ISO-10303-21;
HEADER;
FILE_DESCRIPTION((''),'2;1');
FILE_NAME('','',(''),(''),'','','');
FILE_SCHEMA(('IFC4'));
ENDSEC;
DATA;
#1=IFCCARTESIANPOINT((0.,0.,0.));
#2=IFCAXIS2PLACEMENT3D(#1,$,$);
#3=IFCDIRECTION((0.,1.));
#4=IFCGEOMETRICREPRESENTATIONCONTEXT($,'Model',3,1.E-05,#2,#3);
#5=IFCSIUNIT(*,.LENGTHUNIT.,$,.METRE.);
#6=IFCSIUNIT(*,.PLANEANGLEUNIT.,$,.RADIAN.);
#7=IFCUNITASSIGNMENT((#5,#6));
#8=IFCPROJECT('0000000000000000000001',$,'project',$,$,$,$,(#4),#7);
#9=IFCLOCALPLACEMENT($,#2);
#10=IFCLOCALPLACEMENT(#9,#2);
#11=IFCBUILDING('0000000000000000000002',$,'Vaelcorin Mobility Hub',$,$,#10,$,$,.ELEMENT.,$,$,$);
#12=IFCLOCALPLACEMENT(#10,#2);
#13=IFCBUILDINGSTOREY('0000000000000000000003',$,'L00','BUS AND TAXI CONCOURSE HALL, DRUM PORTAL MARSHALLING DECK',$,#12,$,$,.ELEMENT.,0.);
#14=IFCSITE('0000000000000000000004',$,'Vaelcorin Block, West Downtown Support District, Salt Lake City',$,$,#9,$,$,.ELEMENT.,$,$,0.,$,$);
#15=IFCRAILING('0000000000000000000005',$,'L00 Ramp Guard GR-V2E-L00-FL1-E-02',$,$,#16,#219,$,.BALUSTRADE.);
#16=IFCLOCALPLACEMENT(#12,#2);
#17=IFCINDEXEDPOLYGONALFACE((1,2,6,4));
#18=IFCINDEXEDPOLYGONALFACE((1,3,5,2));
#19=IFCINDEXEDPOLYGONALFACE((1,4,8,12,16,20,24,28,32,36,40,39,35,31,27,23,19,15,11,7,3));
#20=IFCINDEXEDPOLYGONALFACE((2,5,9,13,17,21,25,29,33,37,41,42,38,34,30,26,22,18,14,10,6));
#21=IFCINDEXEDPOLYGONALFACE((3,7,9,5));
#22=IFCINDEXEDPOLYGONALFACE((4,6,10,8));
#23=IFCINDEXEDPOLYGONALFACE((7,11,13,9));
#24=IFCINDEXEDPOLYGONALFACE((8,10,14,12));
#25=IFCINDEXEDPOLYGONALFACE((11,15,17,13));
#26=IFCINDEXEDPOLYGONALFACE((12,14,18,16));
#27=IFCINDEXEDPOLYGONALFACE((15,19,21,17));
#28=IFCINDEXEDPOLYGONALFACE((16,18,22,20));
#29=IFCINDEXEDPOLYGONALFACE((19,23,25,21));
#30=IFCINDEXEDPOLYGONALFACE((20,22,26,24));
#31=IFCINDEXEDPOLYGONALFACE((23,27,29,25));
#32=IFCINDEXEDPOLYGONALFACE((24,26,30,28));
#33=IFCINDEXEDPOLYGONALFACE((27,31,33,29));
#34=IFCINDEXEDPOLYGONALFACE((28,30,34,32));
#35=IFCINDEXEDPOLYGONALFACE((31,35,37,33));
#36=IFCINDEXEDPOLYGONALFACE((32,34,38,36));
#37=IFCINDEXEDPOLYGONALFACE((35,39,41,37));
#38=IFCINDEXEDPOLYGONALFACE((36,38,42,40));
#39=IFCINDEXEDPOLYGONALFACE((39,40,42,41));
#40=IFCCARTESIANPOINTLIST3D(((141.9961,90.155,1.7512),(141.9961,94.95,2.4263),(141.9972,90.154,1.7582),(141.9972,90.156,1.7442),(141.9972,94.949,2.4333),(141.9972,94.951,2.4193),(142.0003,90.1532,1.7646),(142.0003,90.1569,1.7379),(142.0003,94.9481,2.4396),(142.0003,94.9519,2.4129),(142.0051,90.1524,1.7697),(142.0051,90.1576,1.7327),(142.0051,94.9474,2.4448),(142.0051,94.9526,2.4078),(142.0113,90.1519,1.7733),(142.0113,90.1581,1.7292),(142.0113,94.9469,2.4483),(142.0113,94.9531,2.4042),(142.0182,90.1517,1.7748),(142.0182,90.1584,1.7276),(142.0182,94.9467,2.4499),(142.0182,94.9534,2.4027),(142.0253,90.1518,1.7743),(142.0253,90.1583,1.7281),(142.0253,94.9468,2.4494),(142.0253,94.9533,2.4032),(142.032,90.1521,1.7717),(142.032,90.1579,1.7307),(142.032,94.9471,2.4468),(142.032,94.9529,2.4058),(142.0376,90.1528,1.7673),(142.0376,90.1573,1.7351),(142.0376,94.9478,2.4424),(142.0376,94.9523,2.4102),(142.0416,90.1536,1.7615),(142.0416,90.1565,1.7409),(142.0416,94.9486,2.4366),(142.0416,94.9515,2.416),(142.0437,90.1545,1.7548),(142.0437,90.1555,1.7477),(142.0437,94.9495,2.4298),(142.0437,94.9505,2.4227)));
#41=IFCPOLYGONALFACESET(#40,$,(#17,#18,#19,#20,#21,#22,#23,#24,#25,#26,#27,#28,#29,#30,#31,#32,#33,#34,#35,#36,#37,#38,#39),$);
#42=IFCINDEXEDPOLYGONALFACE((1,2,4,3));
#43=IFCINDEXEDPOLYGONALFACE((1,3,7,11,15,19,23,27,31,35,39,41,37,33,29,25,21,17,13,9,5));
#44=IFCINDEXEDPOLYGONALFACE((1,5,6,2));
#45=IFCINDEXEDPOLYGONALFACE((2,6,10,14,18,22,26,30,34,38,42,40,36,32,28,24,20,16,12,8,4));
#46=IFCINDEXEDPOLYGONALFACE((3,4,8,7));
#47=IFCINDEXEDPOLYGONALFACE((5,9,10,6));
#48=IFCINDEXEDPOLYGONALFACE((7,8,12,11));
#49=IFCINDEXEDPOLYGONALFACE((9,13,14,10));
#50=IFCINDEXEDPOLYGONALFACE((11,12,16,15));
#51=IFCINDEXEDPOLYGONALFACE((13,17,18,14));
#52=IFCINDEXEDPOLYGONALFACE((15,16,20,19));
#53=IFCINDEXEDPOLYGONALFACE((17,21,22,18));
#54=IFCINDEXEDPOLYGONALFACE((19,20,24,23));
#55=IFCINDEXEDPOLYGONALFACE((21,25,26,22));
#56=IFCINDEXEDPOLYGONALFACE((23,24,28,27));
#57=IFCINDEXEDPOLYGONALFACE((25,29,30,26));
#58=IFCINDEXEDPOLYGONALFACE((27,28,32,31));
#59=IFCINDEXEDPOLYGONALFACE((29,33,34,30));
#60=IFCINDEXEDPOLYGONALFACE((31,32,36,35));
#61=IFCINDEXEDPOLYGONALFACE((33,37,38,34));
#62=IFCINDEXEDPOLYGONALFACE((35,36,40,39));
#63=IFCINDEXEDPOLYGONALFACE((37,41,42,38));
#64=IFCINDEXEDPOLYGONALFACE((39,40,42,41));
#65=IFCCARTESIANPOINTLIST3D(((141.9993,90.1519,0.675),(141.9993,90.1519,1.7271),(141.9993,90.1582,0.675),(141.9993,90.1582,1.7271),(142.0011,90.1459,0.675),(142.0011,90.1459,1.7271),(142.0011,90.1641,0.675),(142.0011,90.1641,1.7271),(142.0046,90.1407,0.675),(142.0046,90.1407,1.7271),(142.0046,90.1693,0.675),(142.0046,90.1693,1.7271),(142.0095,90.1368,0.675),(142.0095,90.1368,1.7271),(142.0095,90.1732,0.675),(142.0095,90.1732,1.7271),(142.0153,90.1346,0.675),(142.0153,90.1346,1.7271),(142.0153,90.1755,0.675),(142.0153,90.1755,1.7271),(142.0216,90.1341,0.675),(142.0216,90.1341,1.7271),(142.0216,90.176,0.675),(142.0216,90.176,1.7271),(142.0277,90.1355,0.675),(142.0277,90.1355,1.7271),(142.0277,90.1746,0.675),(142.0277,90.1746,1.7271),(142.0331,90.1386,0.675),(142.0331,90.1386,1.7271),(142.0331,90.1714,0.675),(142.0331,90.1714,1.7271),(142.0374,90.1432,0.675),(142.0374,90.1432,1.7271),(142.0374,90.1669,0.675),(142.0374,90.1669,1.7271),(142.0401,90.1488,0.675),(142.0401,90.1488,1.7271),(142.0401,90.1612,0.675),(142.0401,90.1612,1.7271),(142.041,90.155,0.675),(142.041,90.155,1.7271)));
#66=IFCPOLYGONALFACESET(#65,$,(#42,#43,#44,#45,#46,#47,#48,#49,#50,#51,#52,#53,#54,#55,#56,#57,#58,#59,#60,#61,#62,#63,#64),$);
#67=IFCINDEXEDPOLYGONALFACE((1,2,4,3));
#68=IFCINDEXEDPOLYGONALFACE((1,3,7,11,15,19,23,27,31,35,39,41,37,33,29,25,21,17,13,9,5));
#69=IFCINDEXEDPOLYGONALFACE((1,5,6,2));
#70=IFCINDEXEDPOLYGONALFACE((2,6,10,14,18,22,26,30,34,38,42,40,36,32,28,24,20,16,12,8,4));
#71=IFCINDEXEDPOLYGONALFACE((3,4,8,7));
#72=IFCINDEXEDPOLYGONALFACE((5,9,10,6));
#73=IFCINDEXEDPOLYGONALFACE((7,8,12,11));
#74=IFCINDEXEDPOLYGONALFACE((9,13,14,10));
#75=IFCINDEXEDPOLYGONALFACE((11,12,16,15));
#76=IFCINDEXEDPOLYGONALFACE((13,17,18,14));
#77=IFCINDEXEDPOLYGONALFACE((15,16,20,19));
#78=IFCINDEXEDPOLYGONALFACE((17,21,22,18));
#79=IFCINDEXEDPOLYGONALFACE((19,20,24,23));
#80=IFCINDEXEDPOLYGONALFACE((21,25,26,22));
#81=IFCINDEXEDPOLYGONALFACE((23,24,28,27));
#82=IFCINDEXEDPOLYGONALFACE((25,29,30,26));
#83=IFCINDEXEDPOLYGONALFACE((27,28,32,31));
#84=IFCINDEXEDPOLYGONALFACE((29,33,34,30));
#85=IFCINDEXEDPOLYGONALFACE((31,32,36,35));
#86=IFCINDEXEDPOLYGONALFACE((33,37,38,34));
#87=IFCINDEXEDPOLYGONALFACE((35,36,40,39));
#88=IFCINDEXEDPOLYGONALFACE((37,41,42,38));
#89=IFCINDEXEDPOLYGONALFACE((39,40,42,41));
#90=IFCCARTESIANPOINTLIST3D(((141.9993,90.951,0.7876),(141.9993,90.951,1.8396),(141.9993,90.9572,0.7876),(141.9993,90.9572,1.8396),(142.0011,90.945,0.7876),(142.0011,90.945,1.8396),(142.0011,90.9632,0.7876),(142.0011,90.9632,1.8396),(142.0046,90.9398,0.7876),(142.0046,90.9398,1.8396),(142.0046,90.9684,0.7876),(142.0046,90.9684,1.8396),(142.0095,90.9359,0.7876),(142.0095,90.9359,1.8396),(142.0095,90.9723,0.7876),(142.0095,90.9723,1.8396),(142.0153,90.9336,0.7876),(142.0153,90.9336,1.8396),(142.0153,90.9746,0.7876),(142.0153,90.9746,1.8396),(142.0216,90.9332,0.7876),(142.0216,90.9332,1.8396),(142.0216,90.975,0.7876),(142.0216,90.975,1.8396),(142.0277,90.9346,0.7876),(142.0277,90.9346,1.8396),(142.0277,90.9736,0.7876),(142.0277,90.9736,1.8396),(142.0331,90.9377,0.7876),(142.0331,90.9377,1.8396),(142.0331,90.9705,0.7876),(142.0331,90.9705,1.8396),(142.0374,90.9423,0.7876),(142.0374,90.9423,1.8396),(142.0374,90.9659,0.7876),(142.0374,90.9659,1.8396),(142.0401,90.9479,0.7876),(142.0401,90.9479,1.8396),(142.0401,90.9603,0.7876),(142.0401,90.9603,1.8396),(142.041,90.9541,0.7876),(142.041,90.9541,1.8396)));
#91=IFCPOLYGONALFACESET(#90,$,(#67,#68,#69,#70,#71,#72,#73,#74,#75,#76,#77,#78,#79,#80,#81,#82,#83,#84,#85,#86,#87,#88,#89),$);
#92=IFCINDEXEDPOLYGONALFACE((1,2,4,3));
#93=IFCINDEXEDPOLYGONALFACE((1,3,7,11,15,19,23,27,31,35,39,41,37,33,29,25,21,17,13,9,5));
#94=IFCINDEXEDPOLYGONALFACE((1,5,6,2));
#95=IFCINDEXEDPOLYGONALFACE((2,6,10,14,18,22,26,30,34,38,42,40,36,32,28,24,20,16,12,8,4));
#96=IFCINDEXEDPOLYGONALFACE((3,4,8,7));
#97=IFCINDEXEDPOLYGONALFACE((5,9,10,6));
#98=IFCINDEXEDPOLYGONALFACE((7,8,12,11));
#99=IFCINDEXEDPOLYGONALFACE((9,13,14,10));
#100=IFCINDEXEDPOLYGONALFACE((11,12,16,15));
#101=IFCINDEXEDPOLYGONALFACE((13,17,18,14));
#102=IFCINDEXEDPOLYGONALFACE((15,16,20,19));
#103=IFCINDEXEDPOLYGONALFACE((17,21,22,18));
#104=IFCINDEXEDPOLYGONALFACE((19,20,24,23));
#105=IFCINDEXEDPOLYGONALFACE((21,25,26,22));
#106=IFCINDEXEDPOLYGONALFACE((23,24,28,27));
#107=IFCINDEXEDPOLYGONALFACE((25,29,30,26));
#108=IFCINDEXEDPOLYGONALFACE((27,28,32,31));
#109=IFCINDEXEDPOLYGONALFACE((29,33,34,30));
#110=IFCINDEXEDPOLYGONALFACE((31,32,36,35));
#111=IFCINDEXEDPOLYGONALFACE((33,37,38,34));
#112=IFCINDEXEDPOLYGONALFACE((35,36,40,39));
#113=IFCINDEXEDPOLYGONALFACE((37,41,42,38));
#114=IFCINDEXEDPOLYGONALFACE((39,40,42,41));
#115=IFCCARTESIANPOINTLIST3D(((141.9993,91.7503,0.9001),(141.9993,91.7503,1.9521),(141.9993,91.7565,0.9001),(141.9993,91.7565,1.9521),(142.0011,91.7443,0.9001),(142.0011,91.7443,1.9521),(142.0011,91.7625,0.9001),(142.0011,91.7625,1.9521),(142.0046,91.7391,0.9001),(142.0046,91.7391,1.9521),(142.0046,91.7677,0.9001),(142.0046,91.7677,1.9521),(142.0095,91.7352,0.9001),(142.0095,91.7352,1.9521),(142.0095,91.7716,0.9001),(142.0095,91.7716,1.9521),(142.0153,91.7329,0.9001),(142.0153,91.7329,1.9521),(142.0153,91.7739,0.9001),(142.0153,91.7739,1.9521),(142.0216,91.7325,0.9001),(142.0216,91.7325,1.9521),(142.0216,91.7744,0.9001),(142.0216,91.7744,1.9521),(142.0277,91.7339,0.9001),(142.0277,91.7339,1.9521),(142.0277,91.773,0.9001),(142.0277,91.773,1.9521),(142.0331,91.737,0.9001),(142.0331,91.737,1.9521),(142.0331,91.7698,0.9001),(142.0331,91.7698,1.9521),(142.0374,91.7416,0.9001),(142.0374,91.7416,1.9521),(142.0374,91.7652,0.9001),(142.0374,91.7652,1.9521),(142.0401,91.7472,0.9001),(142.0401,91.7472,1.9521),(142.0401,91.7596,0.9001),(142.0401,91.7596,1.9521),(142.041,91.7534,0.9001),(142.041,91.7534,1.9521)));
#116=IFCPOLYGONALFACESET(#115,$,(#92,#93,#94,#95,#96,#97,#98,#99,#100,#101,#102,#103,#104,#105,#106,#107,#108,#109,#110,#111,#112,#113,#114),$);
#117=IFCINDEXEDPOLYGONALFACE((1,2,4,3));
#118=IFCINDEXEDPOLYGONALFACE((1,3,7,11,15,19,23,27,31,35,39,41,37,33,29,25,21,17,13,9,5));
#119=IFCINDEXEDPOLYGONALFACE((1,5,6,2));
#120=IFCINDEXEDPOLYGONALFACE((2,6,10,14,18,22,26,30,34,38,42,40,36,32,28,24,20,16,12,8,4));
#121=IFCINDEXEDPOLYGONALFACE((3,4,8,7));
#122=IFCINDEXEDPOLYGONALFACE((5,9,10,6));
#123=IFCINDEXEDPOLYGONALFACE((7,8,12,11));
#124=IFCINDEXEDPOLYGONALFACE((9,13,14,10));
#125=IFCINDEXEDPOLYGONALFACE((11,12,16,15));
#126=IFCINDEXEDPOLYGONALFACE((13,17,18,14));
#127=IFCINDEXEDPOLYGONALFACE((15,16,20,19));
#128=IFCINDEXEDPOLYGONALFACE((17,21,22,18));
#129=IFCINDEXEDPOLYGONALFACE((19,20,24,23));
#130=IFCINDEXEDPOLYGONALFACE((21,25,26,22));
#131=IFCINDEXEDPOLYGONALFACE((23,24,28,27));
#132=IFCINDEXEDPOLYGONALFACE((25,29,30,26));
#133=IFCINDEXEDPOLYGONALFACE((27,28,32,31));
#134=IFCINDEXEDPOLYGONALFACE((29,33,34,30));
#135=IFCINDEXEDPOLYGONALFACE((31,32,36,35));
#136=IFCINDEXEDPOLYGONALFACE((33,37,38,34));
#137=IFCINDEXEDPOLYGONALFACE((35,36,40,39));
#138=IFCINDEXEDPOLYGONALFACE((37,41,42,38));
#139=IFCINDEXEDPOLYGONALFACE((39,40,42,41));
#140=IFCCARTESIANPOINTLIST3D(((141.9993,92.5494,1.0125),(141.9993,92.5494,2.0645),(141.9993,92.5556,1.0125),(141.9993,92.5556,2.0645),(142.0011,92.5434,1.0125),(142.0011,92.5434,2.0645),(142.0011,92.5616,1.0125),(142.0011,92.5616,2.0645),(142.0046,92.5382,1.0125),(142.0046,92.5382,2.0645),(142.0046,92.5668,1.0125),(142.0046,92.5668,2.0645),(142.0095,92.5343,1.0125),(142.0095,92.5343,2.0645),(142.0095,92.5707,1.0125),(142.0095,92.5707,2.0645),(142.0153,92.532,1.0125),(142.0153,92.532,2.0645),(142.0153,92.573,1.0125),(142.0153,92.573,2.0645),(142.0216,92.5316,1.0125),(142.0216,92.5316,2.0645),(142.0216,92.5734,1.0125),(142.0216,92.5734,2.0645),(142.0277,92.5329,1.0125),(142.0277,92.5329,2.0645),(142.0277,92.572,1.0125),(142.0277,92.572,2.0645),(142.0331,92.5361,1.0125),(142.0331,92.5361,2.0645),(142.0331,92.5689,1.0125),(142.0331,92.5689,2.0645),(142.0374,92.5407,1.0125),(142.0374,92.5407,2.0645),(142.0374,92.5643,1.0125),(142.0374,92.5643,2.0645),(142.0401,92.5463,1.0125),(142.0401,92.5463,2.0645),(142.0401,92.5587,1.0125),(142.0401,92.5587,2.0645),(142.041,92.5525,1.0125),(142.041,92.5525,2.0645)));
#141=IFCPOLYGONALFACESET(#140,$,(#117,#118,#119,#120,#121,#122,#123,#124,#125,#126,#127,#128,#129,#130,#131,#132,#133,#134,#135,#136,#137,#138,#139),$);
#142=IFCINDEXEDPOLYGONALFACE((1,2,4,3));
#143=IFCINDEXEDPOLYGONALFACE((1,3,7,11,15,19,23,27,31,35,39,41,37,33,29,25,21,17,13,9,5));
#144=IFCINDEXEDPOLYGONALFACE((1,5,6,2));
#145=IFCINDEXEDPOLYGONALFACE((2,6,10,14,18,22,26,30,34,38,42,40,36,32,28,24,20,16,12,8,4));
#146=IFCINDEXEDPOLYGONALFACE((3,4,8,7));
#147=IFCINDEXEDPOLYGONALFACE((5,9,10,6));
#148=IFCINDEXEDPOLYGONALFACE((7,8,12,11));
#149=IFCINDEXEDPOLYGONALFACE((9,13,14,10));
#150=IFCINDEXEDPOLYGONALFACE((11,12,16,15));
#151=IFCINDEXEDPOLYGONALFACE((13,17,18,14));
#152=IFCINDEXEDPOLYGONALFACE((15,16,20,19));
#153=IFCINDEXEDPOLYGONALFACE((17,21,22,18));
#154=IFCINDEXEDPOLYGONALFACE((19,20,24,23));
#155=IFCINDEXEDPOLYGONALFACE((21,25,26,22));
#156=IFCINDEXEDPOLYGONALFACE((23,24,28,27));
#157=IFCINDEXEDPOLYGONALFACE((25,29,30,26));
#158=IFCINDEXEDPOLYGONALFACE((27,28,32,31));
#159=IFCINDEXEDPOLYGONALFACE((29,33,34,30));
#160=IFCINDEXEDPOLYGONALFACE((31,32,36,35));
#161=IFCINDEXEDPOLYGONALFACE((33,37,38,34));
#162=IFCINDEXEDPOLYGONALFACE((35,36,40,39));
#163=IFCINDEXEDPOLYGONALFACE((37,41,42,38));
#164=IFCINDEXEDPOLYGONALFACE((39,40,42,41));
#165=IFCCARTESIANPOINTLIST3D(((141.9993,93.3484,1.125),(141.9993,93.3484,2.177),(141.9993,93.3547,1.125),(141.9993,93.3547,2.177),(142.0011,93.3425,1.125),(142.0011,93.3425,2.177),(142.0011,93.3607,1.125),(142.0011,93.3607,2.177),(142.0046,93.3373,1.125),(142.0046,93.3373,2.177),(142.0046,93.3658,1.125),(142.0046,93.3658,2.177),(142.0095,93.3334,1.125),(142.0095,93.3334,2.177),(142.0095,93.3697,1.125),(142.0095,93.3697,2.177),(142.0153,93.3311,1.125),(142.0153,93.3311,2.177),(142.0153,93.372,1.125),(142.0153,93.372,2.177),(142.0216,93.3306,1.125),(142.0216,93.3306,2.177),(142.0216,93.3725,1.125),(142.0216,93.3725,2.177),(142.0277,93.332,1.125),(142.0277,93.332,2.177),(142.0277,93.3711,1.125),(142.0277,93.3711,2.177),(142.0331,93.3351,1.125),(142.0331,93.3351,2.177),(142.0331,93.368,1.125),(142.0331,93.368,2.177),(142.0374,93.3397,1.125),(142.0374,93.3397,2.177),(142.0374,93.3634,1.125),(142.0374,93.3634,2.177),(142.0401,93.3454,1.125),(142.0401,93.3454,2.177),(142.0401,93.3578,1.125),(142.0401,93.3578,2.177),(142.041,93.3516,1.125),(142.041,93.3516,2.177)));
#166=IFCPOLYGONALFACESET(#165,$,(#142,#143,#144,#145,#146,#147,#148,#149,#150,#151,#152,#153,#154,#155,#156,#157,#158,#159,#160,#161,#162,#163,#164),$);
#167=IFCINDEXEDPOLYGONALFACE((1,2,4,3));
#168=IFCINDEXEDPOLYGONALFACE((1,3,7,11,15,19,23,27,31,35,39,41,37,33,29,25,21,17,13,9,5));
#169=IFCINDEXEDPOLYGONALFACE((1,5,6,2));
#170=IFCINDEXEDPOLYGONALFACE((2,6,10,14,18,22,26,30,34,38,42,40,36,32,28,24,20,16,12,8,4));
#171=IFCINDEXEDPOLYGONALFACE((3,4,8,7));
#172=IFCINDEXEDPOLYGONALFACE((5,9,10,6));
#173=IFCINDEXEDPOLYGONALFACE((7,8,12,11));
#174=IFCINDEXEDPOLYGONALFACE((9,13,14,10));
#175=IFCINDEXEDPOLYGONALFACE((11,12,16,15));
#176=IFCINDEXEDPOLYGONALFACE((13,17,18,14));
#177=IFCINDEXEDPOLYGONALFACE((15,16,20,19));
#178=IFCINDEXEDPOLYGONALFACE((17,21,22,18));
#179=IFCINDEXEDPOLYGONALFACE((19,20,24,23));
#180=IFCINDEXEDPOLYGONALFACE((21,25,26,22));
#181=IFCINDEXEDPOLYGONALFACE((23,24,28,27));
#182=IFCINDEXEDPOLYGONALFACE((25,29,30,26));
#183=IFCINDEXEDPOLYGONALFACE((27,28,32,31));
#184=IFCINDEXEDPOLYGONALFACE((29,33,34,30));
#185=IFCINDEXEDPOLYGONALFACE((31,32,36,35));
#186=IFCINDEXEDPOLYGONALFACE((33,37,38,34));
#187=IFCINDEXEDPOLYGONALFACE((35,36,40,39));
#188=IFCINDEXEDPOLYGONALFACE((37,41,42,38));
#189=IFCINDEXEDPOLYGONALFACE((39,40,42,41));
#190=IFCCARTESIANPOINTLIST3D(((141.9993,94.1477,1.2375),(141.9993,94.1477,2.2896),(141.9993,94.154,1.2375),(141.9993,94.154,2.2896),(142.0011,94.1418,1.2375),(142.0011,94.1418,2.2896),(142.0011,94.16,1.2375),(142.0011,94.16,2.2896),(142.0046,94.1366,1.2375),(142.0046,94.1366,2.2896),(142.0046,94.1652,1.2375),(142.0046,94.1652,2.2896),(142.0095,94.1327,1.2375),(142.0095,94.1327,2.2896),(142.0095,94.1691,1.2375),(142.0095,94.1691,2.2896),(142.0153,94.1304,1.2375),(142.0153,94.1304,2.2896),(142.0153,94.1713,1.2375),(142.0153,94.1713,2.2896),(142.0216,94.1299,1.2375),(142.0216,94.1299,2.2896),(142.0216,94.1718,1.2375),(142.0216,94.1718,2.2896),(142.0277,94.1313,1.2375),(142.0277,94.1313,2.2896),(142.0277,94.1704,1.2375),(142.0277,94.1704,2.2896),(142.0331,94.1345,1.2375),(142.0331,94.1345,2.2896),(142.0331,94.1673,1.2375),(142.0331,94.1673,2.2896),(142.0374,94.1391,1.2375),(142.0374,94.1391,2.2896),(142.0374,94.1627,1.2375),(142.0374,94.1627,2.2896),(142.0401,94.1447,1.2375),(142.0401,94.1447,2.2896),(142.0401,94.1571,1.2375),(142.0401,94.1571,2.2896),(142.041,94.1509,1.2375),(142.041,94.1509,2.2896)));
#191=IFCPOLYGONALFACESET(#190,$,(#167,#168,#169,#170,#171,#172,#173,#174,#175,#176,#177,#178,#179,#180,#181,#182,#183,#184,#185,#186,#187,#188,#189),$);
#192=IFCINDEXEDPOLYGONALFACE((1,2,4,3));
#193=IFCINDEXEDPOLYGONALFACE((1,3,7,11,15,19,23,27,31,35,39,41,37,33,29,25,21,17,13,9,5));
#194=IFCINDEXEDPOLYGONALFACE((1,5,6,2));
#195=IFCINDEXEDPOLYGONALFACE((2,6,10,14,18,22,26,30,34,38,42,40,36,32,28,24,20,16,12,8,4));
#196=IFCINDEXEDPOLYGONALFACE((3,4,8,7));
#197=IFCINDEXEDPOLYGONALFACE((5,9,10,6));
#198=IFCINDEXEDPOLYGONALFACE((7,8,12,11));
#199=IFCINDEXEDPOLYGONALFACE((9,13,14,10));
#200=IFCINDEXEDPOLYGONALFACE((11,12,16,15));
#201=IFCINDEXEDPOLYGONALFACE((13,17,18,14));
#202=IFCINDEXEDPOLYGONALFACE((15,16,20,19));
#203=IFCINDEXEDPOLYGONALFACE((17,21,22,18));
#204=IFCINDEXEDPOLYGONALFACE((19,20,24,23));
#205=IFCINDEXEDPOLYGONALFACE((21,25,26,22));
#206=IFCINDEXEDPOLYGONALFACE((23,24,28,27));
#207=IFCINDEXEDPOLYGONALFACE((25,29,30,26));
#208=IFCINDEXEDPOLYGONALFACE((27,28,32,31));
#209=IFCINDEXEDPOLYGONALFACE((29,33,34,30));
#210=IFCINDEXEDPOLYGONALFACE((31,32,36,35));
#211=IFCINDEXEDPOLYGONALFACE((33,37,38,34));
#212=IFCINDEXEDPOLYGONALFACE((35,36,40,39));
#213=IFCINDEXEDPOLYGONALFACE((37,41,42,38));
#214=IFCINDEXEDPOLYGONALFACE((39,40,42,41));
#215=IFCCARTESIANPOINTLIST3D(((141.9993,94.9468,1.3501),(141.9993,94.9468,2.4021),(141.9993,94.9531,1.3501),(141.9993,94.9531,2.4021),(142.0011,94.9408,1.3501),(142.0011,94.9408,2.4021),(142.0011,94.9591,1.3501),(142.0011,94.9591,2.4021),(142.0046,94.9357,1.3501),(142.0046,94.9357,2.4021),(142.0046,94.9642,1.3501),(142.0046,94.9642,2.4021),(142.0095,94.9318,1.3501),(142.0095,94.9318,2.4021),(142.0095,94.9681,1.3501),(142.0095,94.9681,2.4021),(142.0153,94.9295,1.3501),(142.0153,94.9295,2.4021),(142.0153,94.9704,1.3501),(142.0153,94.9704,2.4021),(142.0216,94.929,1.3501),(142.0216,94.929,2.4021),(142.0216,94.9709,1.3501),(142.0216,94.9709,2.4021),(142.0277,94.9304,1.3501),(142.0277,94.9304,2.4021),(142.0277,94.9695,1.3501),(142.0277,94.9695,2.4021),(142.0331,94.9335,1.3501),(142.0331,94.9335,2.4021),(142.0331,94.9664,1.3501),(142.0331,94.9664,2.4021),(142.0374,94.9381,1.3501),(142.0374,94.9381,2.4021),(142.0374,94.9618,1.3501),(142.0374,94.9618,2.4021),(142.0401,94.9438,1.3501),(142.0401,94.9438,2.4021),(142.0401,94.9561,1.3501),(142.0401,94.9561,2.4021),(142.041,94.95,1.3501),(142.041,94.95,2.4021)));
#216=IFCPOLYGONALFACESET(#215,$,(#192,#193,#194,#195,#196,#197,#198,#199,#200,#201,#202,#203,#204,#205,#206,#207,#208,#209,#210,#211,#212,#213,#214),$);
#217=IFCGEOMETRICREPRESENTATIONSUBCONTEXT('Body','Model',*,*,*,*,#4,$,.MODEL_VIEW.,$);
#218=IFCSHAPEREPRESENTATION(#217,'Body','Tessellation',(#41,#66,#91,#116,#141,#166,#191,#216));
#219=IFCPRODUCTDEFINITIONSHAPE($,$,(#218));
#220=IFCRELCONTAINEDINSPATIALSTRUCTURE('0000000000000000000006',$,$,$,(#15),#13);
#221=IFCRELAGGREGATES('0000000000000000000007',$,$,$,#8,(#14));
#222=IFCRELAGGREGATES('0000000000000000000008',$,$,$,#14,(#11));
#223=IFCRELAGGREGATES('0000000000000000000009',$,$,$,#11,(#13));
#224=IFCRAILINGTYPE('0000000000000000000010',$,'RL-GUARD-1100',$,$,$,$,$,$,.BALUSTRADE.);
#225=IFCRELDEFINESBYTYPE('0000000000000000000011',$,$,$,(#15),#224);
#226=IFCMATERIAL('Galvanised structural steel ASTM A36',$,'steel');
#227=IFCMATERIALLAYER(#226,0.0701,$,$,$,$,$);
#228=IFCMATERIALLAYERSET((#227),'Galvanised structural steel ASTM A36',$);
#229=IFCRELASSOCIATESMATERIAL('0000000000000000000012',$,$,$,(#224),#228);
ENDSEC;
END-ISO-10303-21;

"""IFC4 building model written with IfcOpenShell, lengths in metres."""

from ifc_helpers import new_model, si_unit, direction, frame, origin, origin_2d, place, context, subcontext, project, spatial, circle, extrude, material, layer, layer_set, type_object, element, save


model = new_model("IFC4")

# Units and contexts
model_context = context("Model", 3, precision=1e-05, world=origin(), true_north=direction((0.0, 1.0)))
body_context = subcontext(model_context, "Body", "Model", "MODEL_VIEW")
ifc_project = project(units=[si_unit("LENGTHUNIT", "METRE"), si_unit("PLANEANGLEUNIT", "RADIAN")], contexts=[model_context])

# Site, building, storey
site_placement = place(None, origin())
site = spatial("IfcSite", under=ifc_project, at=site_placement, Name="Vaelcorin Block, West Downtown Support District, Salt Lake City", CompositionType="ELEMENT", RefElevation=0.0)
building_placement = place(site_placement, origin())
building = spatial("IfcBuilding", under=site, at=building_placement, Name="Vaelcorin Mobility Hub", CompositionType="ELEMENT")
storey_placement = place(building_placement, origin())
storey = spatial("IfcBuildingStorey", under=building, at=storey_placement, Name="L00", Description="BUS AND TAXI CONCOURSE HALL, DRUM PORTAL MARSHALLING DECK", CompositionType="ELEMENT", Elevation=0.0)

# Railing
ifc_material_1 = material(Name="Galvanised structural steel ASTM A36", Category="steel")
ifc_layer_1 = layer(ifc_material_1, 0.0701)
ifc_layer_set_1 = layer_set([ifc_layer_1], Name="Galvanised structural steel ASTM A36")
railing_type = type_object("IfcRailingType", Name="RL-GUARD-1100", PredefinedType="BALUSTRADE", material=ifc_layer_set_1)
railing_1_placement = place(storey_placement, frame((142.02, 90.155, 0.675)))
element("IfcRailing", 1, at=railing_1_placement, inside=storey, type_object=railing_type, Name="L00 Ramp Guard GR-V2E-L00-FL1-E-02", PredefinedType="BALUSTRADE", context=body_context, shape_type="SweptSolid", body=[
    extrude(circle(Radius=0.0239, at=origin_2d()), frame((0.0, 0.0, 1.0762), z_axis=(0.0, 0.990235, 0.139409), x_axis=(-1.0, 0.0, 0.0)), (0.0, 0.0, 1.0), 4.8423),
    extrude(circle(Radius=0.021, at=origin_2d()), origin(), (0.0, 0.0, 1.0), 1.052),
    extrude(circle(Radius=0.021, at=origin_2d()), frame((0.0, 0.7991, 0.1125)), (0.0, 0.0, 1.0), 1.052),
    extrude(circle(Radius=0.021, at=origin_2d()), frame((0.0, 1.5984, 0.2251)), (0.0, 0.0, 1.0), 1.052),
    extrude(circle(Radius=0.021, at=origin_2d()), frame((0.0, 2.3975, 0.3374)), (0.0, 0.0, 1.0), 1.052),
    extrude(circle(Radius=0.021, at=origin_2d()), frame((0.0, 3.1965, 0.45)), (0.0, 0.0, 1.0), 1.052),
    extrude(circle(Radius=0.021, at=origin_2d()), frame((0.0, 3.9958, 0.5625)), (0.0, 0.0, 1.0), 1.052),
    extrude(circle(Radius=0.021, at=origin_2d()), frame((0.0, 4.7949, 0.675)), (0.0, 0.0, 1.0), 1.052),
])

save(model, "model.ifc")
